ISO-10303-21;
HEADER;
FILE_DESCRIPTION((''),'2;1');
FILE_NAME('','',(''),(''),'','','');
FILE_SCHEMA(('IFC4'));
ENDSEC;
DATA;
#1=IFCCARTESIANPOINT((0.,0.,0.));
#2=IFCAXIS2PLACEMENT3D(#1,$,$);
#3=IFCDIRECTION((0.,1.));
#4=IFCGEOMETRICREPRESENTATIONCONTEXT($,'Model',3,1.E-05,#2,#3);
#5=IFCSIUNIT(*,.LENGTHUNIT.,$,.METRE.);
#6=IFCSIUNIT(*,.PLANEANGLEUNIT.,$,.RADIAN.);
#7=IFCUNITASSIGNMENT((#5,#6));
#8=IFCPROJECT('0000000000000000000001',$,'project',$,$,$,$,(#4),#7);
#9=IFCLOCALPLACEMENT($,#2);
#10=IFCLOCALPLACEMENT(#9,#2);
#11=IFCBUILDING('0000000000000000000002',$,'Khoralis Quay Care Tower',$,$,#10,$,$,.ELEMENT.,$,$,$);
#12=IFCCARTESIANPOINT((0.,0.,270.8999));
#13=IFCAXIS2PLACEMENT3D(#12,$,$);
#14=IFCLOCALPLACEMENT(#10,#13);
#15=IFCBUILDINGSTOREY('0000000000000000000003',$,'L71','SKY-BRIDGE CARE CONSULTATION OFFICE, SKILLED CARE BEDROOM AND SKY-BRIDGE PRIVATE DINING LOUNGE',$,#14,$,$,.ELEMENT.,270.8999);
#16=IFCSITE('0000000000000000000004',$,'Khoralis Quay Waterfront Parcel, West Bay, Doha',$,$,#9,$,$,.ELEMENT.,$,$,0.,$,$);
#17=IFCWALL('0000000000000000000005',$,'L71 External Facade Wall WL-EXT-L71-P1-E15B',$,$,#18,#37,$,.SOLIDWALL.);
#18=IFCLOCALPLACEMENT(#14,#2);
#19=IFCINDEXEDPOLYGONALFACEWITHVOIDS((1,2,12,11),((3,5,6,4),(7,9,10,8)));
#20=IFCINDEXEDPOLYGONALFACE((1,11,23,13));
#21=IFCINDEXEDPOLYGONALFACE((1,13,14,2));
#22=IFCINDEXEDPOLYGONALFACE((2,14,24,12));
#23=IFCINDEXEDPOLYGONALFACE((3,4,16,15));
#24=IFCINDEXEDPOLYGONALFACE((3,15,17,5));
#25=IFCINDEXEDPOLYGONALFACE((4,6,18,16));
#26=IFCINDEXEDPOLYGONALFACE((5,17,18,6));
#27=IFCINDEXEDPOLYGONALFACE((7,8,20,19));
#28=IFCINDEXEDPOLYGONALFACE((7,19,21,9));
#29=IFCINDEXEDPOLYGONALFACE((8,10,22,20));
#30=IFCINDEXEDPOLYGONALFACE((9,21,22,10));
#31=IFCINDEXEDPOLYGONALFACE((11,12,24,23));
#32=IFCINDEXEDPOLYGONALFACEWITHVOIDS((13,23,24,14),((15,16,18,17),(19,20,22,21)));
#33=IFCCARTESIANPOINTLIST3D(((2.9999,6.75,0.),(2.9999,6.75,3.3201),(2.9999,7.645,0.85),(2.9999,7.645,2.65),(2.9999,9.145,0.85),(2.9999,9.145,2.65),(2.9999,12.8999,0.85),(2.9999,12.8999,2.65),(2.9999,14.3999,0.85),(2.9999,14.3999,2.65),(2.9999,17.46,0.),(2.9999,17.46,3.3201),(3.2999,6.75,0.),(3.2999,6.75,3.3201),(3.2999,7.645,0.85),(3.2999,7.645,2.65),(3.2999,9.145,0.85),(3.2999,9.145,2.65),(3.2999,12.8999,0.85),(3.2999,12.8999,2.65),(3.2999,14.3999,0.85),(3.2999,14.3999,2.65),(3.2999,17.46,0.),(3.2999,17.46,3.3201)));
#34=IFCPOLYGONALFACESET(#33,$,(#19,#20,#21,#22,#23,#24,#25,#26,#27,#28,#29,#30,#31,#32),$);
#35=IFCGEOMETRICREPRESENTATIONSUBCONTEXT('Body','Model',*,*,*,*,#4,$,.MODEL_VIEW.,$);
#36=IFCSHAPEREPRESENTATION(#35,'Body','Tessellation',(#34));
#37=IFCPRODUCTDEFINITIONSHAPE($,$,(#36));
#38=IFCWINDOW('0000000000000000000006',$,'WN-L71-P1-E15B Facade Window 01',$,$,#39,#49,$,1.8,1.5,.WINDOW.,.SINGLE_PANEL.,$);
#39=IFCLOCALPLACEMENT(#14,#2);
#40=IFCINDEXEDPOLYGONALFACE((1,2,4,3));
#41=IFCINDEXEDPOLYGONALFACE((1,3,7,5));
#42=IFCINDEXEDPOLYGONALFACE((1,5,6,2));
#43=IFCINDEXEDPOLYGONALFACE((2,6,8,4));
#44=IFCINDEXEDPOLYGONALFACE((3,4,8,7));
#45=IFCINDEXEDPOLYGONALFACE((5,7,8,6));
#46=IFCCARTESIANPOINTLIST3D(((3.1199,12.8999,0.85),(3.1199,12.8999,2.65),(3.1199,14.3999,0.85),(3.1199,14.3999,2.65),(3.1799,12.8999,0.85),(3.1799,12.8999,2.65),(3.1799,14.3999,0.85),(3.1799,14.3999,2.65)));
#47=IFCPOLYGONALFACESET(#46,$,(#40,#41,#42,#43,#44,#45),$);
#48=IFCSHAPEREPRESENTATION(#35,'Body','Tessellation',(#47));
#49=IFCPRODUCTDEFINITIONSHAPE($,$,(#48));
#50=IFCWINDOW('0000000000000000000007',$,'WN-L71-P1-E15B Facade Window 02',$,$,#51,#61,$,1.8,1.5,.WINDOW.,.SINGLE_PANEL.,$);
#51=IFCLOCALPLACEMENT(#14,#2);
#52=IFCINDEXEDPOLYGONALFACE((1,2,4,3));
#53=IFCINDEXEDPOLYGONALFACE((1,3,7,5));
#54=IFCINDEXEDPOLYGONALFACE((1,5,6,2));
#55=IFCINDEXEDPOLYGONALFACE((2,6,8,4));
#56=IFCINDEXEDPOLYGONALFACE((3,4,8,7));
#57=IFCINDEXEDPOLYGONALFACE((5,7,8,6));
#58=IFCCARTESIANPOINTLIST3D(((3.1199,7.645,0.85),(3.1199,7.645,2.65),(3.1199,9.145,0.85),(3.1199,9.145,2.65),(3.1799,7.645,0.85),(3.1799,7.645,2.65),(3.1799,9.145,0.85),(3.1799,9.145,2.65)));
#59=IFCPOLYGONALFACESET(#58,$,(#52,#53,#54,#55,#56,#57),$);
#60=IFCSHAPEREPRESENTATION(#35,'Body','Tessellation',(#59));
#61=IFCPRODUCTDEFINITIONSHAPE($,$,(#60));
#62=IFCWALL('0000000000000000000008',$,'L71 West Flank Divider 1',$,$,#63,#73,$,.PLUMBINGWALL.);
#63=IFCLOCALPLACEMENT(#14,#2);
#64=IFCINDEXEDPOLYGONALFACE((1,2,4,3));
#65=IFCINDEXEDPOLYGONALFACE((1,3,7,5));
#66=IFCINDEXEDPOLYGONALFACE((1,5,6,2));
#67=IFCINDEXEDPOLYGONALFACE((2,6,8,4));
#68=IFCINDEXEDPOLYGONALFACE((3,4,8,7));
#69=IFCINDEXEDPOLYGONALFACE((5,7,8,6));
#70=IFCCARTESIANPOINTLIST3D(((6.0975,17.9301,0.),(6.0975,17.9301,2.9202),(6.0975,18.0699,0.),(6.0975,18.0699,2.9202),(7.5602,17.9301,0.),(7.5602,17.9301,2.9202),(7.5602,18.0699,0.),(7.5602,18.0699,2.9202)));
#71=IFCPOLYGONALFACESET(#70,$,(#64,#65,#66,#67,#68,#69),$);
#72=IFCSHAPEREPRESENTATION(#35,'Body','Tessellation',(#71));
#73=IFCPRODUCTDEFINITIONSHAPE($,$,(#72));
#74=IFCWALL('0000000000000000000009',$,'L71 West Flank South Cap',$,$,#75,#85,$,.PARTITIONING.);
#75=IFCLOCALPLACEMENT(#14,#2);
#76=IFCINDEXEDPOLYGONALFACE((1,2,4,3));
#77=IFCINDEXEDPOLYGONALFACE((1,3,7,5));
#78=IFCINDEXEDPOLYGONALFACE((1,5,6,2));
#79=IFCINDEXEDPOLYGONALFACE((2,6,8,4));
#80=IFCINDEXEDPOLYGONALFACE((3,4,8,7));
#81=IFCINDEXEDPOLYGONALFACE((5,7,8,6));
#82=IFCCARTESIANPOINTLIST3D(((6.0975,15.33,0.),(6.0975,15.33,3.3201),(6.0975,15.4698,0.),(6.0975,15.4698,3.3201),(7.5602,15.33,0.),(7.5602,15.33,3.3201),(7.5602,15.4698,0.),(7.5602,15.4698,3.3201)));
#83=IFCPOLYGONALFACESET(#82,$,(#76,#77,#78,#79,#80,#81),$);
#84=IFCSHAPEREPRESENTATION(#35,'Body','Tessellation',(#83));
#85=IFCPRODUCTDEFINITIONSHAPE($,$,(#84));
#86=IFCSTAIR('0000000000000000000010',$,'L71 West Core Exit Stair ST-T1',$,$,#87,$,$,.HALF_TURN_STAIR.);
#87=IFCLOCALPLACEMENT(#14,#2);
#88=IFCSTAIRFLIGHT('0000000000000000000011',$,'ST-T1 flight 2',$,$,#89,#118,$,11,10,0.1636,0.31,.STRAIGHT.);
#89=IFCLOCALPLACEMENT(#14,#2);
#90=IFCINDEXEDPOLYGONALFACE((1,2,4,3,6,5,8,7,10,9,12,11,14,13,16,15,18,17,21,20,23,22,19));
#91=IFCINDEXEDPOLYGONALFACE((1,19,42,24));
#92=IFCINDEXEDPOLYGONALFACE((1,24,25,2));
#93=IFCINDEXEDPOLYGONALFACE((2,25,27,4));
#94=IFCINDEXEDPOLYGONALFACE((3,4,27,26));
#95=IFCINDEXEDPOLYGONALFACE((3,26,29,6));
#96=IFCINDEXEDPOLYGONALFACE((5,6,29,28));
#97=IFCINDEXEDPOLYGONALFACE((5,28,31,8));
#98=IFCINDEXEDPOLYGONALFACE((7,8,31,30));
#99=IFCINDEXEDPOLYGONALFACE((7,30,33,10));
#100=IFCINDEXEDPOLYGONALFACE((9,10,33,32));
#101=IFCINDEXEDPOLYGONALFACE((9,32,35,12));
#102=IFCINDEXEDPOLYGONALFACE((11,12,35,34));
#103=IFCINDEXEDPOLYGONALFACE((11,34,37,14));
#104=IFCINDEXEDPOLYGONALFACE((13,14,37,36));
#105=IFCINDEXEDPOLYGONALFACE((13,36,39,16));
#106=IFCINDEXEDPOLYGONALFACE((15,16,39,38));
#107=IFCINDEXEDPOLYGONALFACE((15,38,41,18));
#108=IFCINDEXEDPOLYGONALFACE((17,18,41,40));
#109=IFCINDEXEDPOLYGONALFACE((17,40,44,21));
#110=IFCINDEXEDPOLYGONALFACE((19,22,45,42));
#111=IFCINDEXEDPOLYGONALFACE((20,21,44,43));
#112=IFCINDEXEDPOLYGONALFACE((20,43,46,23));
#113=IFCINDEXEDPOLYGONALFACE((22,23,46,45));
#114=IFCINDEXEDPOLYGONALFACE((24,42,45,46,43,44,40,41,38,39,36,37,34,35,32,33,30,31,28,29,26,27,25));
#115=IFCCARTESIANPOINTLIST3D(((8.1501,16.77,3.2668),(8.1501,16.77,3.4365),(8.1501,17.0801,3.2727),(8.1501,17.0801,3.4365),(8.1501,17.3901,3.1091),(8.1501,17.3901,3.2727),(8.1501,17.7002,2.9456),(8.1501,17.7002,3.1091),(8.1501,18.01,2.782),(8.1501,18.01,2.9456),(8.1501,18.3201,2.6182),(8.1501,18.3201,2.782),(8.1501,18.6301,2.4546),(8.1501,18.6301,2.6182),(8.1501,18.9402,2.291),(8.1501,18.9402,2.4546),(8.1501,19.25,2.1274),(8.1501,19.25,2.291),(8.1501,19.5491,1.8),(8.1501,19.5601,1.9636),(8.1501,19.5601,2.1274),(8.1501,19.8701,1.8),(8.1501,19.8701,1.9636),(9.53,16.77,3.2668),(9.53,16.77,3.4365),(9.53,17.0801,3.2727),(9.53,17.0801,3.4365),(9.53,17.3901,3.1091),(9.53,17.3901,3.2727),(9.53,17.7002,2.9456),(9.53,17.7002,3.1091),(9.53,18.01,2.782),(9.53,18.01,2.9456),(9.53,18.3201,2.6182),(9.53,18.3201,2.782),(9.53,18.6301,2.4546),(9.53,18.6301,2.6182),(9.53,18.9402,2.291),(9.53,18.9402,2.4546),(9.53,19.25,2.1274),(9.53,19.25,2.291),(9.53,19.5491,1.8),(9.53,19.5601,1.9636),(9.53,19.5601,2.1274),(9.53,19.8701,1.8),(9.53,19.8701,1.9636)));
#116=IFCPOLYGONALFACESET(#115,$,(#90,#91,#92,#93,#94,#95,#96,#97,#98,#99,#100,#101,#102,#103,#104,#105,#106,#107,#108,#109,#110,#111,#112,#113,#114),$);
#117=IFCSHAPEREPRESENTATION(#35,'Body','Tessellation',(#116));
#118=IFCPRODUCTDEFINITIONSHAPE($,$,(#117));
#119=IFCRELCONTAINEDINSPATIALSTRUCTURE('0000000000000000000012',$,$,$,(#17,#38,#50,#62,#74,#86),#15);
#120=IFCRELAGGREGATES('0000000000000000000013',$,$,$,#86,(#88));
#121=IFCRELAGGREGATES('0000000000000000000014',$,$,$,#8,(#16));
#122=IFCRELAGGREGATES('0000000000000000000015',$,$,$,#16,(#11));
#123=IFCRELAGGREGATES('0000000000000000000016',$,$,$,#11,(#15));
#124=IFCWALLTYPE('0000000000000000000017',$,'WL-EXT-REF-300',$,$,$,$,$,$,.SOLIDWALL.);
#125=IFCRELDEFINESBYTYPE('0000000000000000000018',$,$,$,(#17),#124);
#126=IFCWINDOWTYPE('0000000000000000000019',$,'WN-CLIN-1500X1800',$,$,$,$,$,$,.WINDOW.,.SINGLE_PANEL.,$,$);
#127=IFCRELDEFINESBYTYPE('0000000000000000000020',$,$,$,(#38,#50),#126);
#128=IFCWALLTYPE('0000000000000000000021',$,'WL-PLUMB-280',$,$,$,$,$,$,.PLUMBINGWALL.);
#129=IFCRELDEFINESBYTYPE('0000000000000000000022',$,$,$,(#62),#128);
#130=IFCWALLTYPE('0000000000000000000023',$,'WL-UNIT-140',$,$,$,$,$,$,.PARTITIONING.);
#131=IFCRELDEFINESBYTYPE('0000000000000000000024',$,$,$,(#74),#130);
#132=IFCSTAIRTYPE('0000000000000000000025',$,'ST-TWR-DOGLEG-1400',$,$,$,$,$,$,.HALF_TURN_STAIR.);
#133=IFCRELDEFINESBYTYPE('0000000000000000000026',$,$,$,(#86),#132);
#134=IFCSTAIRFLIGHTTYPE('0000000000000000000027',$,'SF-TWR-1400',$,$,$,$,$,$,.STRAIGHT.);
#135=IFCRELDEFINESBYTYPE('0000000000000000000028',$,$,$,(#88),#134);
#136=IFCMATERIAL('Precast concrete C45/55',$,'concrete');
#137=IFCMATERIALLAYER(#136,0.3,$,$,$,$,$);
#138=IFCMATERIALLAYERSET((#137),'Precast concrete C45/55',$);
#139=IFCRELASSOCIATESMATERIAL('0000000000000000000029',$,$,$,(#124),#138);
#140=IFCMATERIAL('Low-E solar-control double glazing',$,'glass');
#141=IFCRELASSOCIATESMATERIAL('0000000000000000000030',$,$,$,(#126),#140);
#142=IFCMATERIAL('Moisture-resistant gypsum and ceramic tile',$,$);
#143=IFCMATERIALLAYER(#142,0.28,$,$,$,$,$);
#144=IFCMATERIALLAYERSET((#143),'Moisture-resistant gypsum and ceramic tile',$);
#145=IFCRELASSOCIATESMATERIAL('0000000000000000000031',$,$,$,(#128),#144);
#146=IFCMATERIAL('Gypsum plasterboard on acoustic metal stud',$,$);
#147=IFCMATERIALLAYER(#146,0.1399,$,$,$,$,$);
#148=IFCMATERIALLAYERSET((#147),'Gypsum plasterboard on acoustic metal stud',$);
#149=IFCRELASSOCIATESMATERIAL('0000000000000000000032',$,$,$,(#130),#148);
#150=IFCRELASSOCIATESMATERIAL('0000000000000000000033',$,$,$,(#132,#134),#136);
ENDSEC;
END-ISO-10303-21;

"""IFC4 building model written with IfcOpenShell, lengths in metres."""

from ifc_helpers import new_model, si_unit, direction, frame, frame_2d, origin, place, context, subcontext, project, spatial, polyline, rectangle, outline, extrude, source, transform, mapped, material, layer, layer_set, type_object, element, fill, aggregate, save


model = new_model("IFC4")

# Units and contexts
model_context = context("Model", 3, precision=1e-05, world=origin(), true_north=direction((0.0, 1.0)))
body_context = subcontext(model_context, "Body", "Model", "MODEL_VIEW")
ifc_project = project(units=[si_unit("LENGTHUNIT", "METRE"), si_unit("PLANEANGLEUNIT", "RADIAN")], contexts=[model_context])

# Site, building, storey
site_placement = place(None, origin())
site = spatial("IfcSite", under=ifc_project, at=site_placement, Name="Khoralis Quay Waterfront Parcel, West Bay, Doha", CompositionType="ELEMENT", RefElevation=0.0)
building_placement = place(site_placement, origin())
building = spatial("IfcBuilding", under=site, at=building_placement, Name="Khoralis Quay Care Tower", CompositionType="ELEMENT")
storey_placement = place(building_placement, frame((0.0, 0.0, 270.8999)))
storey = spatial("IfcBuildingStorey", under=building, at=storey_placement, Name="L71", Description="SKY-BRIDGE CARE CONSULTATION OFFICE, SKILLED CARE BEDROOM AND SKY-BRIDGE PRIVATE DINING LOUNGE", CompositionType="ELEMENT", Elevation=270.8999)

# Shared definitions
ifc_material_1 = material(Name="Low-E solar-control double glazing", Category="glass")

# Shared definitions
ifc_material_2 = material(Name="Gypsum plasterboard on acoustic metal stud")

# Wall, openings, windows
ifc_material_3 = material(Name="Precast concrete C45/55", Category="concrete")
ifc_layer_1 = layer(ifc_material_3, 0.3)
ifc_layer_set_1 = layer_set([ifc_layer_1], Name="Precast concrete C45/55")
wall_type_1 = type_object("IfcWallType", Name="WL-EXT-REF-300", PredefinedType="SOLIDWALL", material=ifc_layer_set_1)
wall_1_placement = place(storey_placement, frame((3.1499, 17.46, 0.0), z_axis=(0.0, 0.0, 1.0), x_axis=(0.0, -1.0, 0.0)))
wall_1 = element("IfcWall", 1, at=wall_1_placement, inside=storey, type_object=wall_type_1, Name="L71 External Facade Wall WL-EXT-L71-P1-E15B", PredefinedType="SOLIDWALL", context=body_context, shape_type="SweptSolid", body=[
    extrude(rectangle(XDim=10.71, YDim=0.3, at=frame_2d((5.355, 0.0))), origin(), (0.0, 0.0, 1.0), 3.3201),
])
opening_1_placement = place(wall_1_placement, frame((3.0601, 0.0, 0.8501)))
opening_1 = element("IfcOpeningElement", 2, at=opening_1_placement, cuts=wall_1, PredefinedType="OPENING", context=body_context, shape_type="SweptSolid", body=[
    extrude(rectangle(XDim=1.5, YDim=1.8, at=frame_2d((0.75, 0.8999))), frame((0.0, 0.1602, 0.0), z_axis=(0.0, -1.0, 0.0), x_axis=(1.0, 0.0, 0.0)), (0.0, 0.0, 1.0), 0.3201),
])
opening_2_placement = place(wall_1_placement, frame((8.3149, 0.0, 0.8501)))
opening_2 = element("IfcOpeningElement", 3, at=opening_2_placement, cuts=wall_1, PredefinedType="OPENING", context=body_context, shape_type="SweptSolid", body=[
    extrude(rectangle(XDim=1.5, YDim=1.8, at=frame_2d((0.75, 0.8999))), frame((0.0, 0.1602, 0.0), z_axis=(0.0, -1.0, 0.0), x_axis=(1.0, 0.0, 0.0)), (0.0, 0.0, 1.0), 0.3201),
])
window_type = type_object("IfcWindowType", Name="WN-CLIN-1500X1800", PartitioningType="SINGLE_PANEL", PredefinedType="WINDOW", material=ifc_material_1)
shared_shape_1 = source(origin(), body_context, "Body", "SweptSolid", [
    extrude(rectangle(XDim=1.5, YDim=1.8, at=frame_2d((0.75, 0.8999))), frame((0.0, 0.03, 0.0), z_axis=(0.0, -1.0, 0.0), x_axis=(1.0, 0.0, 0.0)), (0.0, 0.0, 1.0), 0.0601),
])
window_1_placement = place(opening_1_placement, origin())
window_1 = element("IfcWindow", 4, at=window_1_placement, inside=storey, type_object=window_type, Name="WN-L71-P1-E15B Facade Window 01", OverallHeight=1.8, OverallWidth=1.5, PartitioningType="SINGLE_PANEL", PredefinedType="WINDOW", context=body_context, shape_type="MappedRepresentation", body=[
    mapped(shared_shape_1, transform((0.0, 0.0, 0.0), scale=1.0)),
])
fill(opening_1, window_1)
window_2_placement = place(opening_2_placement, origin())
window_2 = element("IfcWindow", 5, at=window_2_placement, inside=storey, type_object=window_type, Name="WN-L71-P1-E15B Facade Window 02", OverallHeight=1.8, OverallWidth=1.5, PartitioningType="SINGLE_PANEL", PredefinedType="WINDOW", context=body_context, shape_type="MappedRepresentation", body=[
    mapped(shared_shape_1, transform((0.0, 0.0, 0.0), scale=1.0)),
])
fill(opening_2, window_2)

# Walls
ifc_material_4 = material(Name="Moisture-resistant gypsum and ceramic tile")
ifc_layer_2 = layer(ifc_material_4, 0.28)
ifc_layer_set_2 = layer_set([ifc_layer_2], Name="Moisture-resistant gypsum and ceramic tile")
wall_type_2 = type_object("IfcWallType", Name="WL-PLUMB-280", PredefinedType="PLUMBINGWALL", material=ifc_layer_set_2)
wall_2_placement = place(storey_placement, frame((6.0974, 18.0, 0.0), z_axis=(0.0, 0.0, 1.0), x_axis=(1.0, 0.0, 0.0)))
element("IfcWall", 6, at=wall_2_placement, inside=storey, type_object=wall_type_2, Name="L71 West Flank Divider 1", PredefinedType="PLUMBINGWALL", context=body_context, shape_type="SweptSolid", body=[
    extrude(rectangle(XDim=1.4626, YDim=0.1399, at=frame_2d((0.7314, 0.0))), origin(), (0.0, 0.0, 1.0), 2.9202),
])
ifc_layer_3 = layer(ifc_material_2, 0.1399)
ifc_layer_set_3 = layer_set([ifc_layer_3], Name="Gypsum plasterboard on acoustic metal stud")
wall_type_3 = type_object("IfcWallType", Name="WL-UNIT-140", PredefinedType="PARTITIONING", material=ifc_layer_set_3)
wall_3_placement = place(storey_placement, frame((6.0974, 15.3999, 0.0), z_axis=(0.0, 0.0, 1.0), x_axis=(1.0, 0.0, 0.0)))
element("IfcWall", 7, at=wall_3_placement, inside=storey, type_object=wall_type_3, Name="L71 West Flank South Cap", PredefinedType="PARTITIONING", context=body_context, shape_type="SweptSolid", body=[
    extrude(rectangle(XDim=1.4626, YDim=0.1399, at=frame_2d((0.7314, 0.0))), origin(), (0.0, 0.0, 1.0), 3.3201),
])

# Stair, stair flight
stair_type = type_object("IfcStairType", Name="ST-TWR-DOGLEG-1400", PredefinedType="HALF_TURN_STAIR", material=ifc_material_3)
stair_placement = place(storey_placement, origin())
stair = element("IfcStair", 8, at=stair_placement, inside=storey, type_object=stair_type, Name="L71 West Core Exit Stair ST-T1", PredefinedType="HALF_TURN_STAIR")
stair_flight_type = type_object("IfcStairFlightType", Name="SF-TWR-1400", PredefinedType="STRAIGHT", material=ifc_material_3)
shared_shape_2 = source(origin(), body_context, "Body", "SweptSolid", [
    extrude(outline(polyline([(0.0, 0.0), (0.0, 0.1636), (0.3101, 0.1636), (0.3101, 0.3274), (0.6201, 0.3274), (0.6201, 0.491), (0.9299, 0.491), (0.9299, 0.6545), (1.24, 0.6545), (1.24, 0.8181), (1.55, 0.8181), (1.55, 0.9819), (1.8601, 0.9819), (1.8601, 1.1455), (2.1699, 1.1455), (2.1699, 1.3091), (2.48, 1.3091), (2.48, 1.4727), (2.79, 1.4727), (2.79, 1.6365), (3.1001, 1.6365), (3.1001, 1.8), (3.1001, 1.4668), (0.321, 0.0), (0.0, 0.0)])), frame((0.0, 0.6899, 0.0), z_axis=(0.0, -1.0, 0.0), x_axis=(1.0, 0.0, 0.0)), (0.0, 0.0, 1.0), 1.3799),
])
stair_flight_placement = place(storey_placement, frame((8.8401, 19.8701, 1.8), z_axis=(0.0, 0.0, 1.0), x_axis=(0.0, -1.0, 0.0)))
stair_flight = element("IfcStairFlight", 9, at=stair_flight_placement, type_object=stair_flight_type, Name="ST-T1 flight 2", NumberOfRisers=11, NumberOfTreads=10, PredefinedType="STRAIGHT", RiserHeight=0.1636, TreadLength=0.31, context=body_context, shape_type="MappedRepresentation", body=[
    mapped(shared_shape_2, transform((0.0, 0.0, 0.0), scale=1.0)),
])
aggregate(stair, [stair_flight])

save(model, "model.ifc")
